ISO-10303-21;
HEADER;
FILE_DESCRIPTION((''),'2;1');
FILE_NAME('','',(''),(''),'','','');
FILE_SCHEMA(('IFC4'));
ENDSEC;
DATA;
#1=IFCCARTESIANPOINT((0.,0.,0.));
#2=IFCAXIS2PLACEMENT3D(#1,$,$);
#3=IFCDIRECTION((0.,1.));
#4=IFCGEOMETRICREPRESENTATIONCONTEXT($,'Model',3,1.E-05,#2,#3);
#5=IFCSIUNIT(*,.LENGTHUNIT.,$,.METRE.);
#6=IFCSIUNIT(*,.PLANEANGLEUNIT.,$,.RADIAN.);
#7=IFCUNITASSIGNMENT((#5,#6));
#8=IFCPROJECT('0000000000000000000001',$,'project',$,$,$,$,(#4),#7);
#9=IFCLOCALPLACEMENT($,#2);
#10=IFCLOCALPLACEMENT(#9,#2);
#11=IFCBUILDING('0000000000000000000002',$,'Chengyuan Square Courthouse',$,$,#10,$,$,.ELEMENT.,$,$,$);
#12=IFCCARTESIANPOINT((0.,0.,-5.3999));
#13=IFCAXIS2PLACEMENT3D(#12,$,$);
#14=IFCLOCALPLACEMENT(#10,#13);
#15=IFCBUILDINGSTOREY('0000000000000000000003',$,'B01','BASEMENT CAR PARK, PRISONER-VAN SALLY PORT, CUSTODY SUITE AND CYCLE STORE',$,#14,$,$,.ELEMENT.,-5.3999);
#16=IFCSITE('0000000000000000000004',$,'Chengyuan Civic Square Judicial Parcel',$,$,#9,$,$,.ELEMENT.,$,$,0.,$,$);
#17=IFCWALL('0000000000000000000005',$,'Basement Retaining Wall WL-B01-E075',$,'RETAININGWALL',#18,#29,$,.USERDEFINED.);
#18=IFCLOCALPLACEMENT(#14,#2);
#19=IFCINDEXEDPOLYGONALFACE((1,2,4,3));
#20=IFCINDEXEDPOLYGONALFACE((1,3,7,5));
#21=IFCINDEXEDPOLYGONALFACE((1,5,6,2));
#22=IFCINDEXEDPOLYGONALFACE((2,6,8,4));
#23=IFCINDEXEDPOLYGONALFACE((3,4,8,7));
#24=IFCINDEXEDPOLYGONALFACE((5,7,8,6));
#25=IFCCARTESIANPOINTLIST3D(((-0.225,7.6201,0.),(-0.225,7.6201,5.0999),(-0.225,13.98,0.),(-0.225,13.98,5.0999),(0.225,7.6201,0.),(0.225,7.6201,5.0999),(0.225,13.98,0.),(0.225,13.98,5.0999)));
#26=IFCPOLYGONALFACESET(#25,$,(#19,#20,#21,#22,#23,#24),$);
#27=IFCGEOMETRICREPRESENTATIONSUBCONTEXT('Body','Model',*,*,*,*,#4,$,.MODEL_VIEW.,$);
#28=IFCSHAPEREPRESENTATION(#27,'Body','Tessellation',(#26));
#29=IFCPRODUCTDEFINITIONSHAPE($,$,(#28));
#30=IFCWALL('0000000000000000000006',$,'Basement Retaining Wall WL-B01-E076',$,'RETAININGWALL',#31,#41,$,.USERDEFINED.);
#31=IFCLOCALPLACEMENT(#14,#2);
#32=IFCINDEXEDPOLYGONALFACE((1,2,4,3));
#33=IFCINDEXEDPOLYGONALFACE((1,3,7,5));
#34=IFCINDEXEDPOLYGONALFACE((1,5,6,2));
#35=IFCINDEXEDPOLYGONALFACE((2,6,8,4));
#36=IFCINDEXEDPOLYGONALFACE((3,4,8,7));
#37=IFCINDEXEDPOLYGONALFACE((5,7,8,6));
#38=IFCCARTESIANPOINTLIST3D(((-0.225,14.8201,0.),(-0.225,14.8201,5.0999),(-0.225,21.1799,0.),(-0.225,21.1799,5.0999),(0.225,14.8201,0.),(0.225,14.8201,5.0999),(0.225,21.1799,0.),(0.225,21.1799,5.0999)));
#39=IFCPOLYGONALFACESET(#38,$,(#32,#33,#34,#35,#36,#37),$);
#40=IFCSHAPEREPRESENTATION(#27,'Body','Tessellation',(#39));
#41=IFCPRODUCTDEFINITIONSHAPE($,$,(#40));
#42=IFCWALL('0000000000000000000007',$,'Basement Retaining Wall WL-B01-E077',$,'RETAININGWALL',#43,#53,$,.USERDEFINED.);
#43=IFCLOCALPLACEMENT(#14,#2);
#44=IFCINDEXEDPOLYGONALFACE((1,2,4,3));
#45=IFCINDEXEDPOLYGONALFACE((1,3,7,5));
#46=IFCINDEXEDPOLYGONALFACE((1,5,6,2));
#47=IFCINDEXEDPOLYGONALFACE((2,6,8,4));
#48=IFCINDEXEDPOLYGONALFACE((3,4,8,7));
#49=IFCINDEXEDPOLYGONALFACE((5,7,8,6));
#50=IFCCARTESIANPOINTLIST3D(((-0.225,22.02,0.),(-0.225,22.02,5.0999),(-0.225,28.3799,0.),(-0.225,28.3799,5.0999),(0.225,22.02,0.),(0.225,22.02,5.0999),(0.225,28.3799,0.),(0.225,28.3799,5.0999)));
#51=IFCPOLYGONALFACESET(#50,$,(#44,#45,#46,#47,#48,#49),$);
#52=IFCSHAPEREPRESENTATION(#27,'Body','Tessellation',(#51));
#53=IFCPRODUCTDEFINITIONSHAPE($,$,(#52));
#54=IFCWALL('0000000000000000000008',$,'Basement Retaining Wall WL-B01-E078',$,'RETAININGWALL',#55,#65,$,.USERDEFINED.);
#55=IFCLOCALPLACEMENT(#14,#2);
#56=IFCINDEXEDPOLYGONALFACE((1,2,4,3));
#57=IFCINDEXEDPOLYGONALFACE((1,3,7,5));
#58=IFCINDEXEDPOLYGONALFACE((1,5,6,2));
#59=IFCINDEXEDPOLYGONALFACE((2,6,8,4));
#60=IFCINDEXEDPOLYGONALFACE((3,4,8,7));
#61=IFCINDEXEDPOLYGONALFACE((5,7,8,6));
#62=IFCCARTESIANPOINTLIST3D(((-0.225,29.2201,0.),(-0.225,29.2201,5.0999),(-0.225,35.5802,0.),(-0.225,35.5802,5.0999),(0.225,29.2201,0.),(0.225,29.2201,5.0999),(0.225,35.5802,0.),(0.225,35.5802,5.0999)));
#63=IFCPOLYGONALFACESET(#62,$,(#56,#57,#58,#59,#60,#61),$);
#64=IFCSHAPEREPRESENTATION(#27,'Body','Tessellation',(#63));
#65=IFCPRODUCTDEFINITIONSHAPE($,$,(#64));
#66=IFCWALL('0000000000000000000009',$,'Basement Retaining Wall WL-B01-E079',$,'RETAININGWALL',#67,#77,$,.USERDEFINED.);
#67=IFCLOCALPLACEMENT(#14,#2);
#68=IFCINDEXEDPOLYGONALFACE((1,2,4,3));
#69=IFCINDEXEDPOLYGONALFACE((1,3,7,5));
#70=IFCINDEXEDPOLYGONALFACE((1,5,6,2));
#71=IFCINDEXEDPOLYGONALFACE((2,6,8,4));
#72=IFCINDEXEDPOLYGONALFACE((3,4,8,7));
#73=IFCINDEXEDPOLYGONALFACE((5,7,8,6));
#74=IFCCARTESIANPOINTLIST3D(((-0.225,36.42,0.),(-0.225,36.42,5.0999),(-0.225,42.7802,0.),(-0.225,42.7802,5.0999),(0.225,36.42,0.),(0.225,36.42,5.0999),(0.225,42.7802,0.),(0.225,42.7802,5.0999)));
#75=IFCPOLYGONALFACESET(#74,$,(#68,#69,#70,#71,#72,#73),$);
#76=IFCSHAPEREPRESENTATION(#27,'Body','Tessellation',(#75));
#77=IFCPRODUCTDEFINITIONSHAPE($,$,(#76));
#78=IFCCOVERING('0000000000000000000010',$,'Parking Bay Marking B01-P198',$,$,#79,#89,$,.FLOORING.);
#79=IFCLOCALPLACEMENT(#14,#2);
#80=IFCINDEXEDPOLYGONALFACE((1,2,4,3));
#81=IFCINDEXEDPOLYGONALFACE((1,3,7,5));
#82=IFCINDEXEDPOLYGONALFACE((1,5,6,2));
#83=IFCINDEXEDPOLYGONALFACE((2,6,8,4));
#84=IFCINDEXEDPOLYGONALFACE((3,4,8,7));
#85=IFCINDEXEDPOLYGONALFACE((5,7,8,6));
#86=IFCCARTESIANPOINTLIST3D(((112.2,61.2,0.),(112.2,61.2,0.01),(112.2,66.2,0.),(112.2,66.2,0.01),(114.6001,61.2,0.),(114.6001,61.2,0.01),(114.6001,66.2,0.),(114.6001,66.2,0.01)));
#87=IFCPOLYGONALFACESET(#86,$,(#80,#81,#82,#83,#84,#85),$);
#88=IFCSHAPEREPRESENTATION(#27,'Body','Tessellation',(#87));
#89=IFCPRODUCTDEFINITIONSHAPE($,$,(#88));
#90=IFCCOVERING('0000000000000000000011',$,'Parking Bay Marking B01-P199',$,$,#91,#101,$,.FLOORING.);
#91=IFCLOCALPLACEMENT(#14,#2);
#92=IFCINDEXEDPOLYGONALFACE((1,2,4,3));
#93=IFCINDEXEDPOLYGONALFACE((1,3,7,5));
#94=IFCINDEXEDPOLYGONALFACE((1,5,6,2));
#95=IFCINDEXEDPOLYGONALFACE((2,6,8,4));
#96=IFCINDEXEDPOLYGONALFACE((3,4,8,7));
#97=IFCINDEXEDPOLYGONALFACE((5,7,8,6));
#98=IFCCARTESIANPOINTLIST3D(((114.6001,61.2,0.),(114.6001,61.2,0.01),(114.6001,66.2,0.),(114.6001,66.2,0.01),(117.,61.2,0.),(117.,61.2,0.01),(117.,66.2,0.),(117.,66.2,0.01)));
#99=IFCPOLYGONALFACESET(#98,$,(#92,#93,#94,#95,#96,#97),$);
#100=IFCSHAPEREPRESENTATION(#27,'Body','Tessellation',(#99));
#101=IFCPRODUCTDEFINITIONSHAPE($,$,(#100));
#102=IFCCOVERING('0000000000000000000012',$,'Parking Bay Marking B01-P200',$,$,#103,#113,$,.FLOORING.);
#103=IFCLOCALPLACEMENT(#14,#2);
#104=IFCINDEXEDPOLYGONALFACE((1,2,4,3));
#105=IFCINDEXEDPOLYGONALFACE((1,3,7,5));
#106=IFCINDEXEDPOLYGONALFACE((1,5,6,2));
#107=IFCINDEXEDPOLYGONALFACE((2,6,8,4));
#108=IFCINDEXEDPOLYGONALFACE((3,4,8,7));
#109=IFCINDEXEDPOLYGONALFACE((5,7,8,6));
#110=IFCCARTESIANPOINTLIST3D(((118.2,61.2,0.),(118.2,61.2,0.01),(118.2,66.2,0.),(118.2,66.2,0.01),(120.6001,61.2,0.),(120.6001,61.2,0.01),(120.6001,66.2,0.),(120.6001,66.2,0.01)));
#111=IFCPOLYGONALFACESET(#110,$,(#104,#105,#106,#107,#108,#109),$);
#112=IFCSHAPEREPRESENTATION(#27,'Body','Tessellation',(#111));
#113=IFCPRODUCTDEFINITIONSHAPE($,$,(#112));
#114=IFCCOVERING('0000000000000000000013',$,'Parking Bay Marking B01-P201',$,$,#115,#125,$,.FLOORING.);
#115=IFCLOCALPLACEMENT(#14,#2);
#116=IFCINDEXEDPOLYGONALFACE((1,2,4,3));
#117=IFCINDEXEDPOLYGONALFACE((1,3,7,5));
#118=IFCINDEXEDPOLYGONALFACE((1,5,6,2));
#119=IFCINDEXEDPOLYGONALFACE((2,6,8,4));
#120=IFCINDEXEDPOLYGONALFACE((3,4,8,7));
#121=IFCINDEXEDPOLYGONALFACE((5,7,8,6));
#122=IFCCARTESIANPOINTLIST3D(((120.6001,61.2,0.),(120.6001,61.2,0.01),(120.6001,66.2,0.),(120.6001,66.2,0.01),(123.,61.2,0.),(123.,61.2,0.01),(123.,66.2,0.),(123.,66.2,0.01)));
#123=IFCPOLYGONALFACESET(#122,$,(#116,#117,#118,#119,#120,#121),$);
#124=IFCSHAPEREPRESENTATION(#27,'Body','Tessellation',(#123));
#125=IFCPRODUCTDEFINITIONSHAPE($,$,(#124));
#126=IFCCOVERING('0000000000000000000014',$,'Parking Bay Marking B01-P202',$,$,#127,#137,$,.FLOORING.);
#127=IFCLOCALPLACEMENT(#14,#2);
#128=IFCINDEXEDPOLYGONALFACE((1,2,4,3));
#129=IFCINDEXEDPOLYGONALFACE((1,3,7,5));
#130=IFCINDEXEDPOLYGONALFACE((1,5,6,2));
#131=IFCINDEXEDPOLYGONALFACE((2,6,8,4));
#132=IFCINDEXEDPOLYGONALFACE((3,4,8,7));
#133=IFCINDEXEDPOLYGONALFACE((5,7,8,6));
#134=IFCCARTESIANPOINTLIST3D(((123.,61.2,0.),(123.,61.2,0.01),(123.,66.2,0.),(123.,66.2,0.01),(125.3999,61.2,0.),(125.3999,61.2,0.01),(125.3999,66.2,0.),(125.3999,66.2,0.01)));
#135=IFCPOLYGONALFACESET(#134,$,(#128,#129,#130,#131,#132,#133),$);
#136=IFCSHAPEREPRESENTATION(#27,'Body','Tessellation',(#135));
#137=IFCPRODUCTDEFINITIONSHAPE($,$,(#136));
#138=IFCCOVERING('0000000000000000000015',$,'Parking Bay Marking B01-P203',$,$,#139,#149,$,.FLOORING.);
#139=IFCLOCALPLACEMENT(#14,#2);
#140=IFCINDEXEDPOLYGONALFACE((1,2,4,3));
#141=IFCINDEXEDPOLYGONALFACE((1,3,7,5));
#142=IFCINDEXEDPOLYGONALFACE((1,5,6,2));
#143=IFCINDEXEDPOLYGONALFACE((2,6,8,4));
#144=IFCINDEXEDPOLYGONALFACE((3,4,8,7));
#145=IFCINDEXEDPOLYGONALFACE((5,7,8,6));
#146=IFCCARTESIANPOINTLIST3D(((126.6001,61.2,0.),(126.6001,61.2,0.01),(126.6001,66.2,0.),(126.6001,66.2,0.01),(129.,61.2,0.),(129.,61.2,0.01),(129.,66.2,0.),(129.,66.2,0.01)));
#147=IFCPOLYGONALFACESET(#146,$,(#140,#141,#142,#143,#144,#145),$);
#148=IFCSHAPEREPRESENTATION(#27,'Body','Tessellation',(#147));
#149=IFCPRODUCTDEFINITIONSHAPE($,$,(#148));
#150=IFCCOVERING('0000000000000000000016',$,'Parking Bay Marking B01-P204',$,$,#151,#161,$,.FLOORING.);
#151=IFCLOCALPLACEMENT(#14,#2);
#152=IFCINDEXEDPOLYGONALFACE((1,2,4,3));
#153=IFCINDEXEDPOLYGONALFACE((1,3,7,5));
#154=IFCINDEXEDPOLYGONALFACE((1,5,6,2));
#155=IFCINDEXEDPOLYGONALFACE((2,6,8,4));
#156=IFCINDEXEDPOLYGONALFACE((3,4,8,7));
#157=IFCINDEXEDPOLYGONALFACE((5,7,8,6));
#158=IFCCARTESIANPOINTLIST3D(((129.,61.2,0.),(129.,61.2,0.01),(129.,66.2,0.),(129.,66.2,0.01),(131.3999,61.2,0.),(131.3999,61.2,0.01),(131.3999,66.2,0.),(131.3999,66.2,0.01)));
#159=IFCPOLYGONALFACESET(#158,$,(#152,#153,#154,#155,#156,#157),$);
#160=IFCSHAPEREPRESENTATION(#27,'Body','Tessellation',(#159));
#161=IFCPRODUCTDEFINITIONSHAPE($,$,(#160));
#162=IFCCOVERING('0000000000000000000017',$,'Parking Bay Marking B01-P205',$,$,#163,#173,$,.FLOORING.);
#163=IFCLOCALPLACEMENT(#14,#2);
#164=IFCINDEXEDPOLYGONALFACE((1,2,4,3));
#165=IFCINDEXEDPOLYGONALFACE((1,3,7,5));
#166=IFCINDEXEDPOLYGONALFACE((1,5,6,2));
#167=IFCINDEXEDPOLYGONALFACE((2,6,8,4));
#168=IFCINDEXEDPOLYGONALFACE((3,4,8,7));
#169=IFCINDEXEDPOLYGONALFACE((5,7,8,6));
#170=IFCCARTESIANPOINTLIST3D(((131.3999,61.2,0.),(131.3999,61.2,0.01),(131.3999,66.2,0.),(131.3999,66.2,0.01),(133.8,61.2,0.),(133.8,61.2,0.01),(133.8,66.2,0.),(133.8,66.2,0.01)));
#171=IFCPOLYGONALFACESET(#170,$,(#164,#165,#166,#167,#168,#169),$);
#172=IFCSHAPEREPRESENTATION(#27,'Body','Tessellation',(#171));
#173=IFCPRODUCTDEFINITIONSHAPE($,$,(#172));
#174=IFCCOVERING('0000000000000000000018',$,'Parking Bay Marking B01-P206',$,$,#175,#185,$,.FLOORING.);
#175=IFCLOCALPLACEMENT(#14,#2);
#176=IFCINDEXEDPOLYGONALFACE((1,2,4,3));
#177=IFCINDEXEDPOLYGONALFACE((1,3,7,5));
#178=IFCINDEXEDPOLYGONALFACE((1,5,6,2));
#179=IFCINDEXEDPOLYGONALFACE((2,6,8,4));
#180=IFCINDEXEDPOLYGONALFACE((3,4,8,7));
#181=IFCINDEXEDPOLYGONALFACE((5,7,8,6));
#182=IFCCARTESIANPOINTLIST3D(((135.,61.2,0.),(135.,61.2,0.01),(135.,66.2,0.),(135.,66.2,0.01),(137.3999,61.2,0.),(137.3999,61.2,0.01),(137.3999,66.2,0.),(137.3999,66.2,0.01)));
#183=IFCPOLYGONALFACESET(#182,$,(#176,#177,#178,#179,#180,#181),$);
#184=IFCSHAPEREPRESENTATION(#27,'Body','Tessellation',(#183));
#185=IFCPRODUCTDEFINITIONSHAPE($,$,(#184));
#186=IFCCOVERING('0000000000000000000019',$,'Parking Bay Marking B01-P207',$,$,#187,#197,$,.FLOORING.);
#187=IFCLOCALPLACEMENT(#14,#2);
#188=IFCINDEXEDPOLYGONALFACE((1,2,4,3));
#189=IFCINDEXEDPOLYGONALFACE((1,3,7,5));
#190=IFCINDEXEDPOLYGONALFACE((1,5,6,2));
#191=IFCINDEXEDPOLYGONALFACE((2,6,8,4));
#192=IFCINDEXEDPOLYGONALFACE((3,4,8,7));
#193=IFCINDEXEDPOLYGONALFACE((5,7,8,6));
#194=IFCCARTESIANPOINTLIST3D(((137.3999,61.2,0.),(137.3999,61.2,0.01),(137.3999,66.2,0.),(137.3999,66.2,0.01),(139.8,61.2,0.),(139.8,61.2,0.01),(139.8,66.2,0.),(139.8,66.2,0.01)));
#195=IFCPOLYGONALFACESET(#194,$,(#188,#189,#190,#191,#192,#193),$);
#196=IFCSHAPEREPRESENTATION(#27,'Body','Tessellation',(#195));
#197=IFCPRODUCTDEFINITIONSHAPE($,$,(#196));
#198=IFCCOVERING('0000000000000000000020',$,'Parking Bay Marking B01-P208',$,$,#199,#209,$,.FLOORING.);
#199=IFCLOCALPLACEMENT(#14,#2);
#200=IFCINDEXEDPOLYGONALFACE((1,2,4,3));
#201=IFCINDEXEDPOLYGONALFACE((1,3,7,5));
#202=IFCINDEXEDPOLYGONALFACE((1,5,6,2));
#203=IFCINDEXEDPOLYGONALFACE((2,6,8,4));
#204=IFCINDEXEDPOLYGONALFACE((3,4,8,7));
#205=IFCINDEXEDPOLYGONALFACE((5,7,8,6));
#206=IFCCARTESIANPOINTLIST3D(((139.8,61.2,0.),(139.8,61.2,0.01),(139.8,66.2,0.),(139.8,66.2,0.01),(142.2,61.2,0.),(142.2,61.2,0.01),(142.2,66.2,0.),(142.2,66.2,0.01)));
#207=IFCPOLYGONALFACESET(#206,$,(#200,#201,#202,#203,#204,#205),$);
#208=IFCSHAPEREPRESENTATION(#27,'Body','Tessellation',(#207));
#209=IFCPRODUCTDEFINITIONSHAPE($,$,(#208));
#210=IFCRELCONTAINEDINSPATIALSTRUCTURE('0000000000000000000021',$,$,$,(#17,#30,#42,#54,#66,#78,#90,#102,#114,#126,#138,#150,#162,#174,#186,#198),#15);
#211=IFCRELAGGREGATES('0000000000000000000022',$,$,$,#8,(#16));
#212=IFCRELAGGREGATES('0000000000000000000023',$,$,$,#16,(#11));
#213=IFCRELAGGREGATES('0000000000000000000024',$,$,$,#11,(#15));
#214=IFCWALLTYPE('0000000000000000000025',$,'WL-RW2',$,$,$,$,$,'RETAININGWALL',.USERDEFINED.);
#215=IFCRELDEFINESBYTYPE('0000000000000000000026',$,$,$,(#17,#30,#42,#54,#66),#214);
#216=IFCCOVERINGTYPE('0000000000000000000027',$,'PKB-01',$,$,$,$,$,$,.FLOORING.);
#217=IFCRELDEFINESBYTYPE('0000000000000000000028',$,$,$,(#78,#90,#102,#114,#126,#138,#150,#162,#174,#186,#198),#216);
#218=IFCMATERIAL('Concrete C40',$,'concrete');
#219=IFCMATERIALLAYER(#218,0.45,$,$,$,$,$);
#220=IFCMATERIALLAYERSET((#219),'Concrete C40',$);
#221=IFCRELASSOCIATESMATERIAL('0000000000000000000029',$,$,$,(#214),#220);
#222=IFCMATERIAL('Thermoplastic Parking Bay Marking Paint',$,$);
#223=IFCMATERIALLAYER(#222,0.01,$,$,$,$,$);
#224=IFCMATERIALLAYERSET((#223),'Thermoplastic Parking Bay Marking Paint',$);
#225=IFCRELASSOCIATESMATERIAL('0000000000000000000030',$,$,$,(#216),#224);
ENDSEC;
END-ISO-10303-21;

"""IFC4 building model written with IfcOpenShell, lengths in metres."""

from ifc_helpers import new_model, si_unit, direction, frame, frame_2d, origin, place, context, subcontext, project, spatial, polyline, rectangle, outline, extrude, material, layer, layer_set, type_object, element, save


model = new_model("IFC4")

# Units and contexts
model_context = context("Model", 3, precision=1e-05, world=origin(), true_north=direction((0.0, 1.0)))
body_context = subcontext(model_context, "Body", "Model", "MODEL_VIEW")
ifc_project = project(units=[si_unit("LENGTHUNIT", "METRE"), si_unit("PLANEANGLEUNIT", "RADIAN")], contexts=[model_context])

# Site, building, storey
site_placement = place(None, origin())
site = spatial("IfcSite", under=ifc_project, at=site_placement, Name="Chengyuan Civic Square Judicial Parcel", CompositionType="ELEMENT", RefElevation=0.0)
building_placement = place(site_placement, origin())
building = spatial("IfcBuilding", under=site, at=building_placement, Name="Chengyuan Square Courthouse", CompositionType="ELEMENT")
storey_placement = place(building_placement, frame((0.0, 0.0, -5.3999)))
storey = spatial("IfcBuildingStorey", under=building, at=storey_placement, Name="B01", Description="BASEMENT CAR PARK, PRISONER-VAN SALLY PORT, CUSTODY SUITE AND CYCLE STORE", CompositionType="ELEMENT", Elevation=-5.3999)

# Shared definitions
ifc_material_1 = material(Name="Concrete C40", Category="concrete")

# Walls
ifc_layer_1 = layer(ifc_material_1, 0.45)
ifc_layer_set_1 = layer_set([ifc_layer_1], Name="Concrete C40")
wall_type = type_object("IfcWallType", Name="WL-RW2", ElementType="RETAININGWALL", PredefinedType="USERDEFINED", material=ifc_layer_set_1)
for number, where, z_axis, x_axis, name in (
    (1, (0.0, 7.6201, 0.0), (0.0, 0.0, 1.0), (0.0, 1.0, 0.0), "Basement Retaining Wall WL-B01-E075"),
    (2, (0.0, 14.8201, 0.0), (0.0, 0.0, 1.0), (0.0, 1.0, 0.0), "Basement Retaining Wall WL-B01-E076"),
    (3, (0.0, 22.02, 0.0), (0.0, 0.0, 1.0), (0.0, 1.0, 0.0), "Basement Retaining Wall WL-B01-E077"),
):
    element("IfcWall", number, at=place(storey_placement, frame(where, z_axis=z_axis, x_axis=x_axis)), inside=storey, type_object=wall_type, Name=name, ObjectType="RETAININGWALL", PredefinedType="USERDEFINED", context=body_context, shape_type="SweptSolid", body=[
        extrude(rectangle(XDim=6.3599, YDim=0.45, at=frame_2d((3.1799, 0.0))), origin(), (0.0, 0.0, 1.0), 5.0999),
    ])
for number, where, z_axis, x_axis, name in (
    (4, (0.0, 29.22, 0.0), (0.0, 0.0, 1.0), (0.0, 1.0, 0.0), "Basement Retaining Wall WL-B01-E078"),
    (5, (0.0, 36.4199, 0.0), (0.0, 0.0, 1.0), (0.0, 1.0, 0.0), "Basement Retaining Wall WL-B01-E079"),
):
    element("IfcWall", number, at=place(storey_placement, frame(where, z_axis=z_axis, x_axis=x_axis)), inside=storey, type_object=wall_type, Name=name, ObjectType="RETAININGWALL", PredefinedType="USERDEFINED", context=body_context, shape_type="SweptSolid", body=[
        extrude(rectangle(XDim=6.3601, YDim=0.45, at=frame_2d((3.1802, 0.0))), origin(), (0.0, 0.0, 1.0), 5.0999),
    ])

# Coverings
ifc_material_2 = material(Name="Thermoplastic Parking Bay Marking Paint")
ifc_layer_2 = layer(ifc_material_2, 0.01)
ifc_layer_set_2 = layer_set([ifc_layer_2], Name="Thermoplastic Parking Bay Marking Paint")
covering_type = type_object("IfcCoveringType", Name="PKB-01", PredefinedType="FLOORING", material=ifc_layer_set_2)
covering_1_placement = place(storey_placement, origin())
element("IfcCovering", 6, at=covering_1_placement, inside=storey, type_object=covering_type, Name="Parking Bay Marking B01-P198", PredefinedType="FLOORING", context=body_context, shape_type="SweptSolid", body=[
    extrude(outline(polyline([(112.2, 61.2), (114.6001, 61.2), (114.6001, 66.2), (112.2, 66.2), (112.2, 61.2)])), origin(), (0.0, 0.0, 1.0), 0.01),
])
covering_2_placement = place(storey_placement, origin())
element("IfcCovering", 7, at=covering_2_placement, inside=storey, type_object=covering_type, Name="Parking Bay Marking B01-P199", PredefinedType="FLOORING", context=body_context, shape_type="SweptSolid", body=[
    extrude(outline(polyline([(114.6001, 61.2), (117.0, 61.2), (117.0, 66.2), (114.6001, 66.2), (114.6001, 61.2)])), origin(), (0.0, 0.0, 1.0), 0.01),
])
covering_3_placement = place(storey_placement, origin())
element("IfcCovering", 8, at=covering_3_placement, inside=storey, type_object=covering_type, Name="Parking Bay Marking B01-P200", PredefinedType="FLOORING", context=body_context, shape_type="SweptSolid", body=[
    extrude(outline(polyline([(118.2, 61.2), (120.6001, 61.2), (120.6001, 66.2), (118.2, 66.2), (118.2, 61.2)])), origin(), (0.0, 0.0, 1.0), 0.01),
])
covering_4_placement = place(storey_placement, origin())
element("IfcCovering", 9, at=covering_4_placement, inside=storey, type_object=covering_type, Name="Parking Bay Marking B01-P201", PredefinedType="FLOORING", context=body_context, shape_type="SweptSolid", body=[
    extrude(outline(polyline([(120.6001, 61.2), (123.0, 61.2), (123.0, 66.2), (120.6001, 66.2), (120.6001, 61.2)])), origin(), (0.0, 0.0, 1.0), 0.01),
])
covering_5_placement = place(storey_placement, origin())
element("IfcCovering", 10, at=covering_5_placement, inside=storey, type_object=covering_type, Name="Parking Bay Marking B01-P202", PredefinedType="FLOORING", context=body_context, shape_type="SweptSolid", body=[
    extrude(outline(polyline([(123.0, 61.2), (125.3999, 61.2), (125.3999, 66.2), (123.0, 66.2), (123.0, 61.2)])), origin(), (0.0, 0.0, 1.0), 0.01),
])
covering_6_placement = place(storey_placement, origin())
element("IfcCovering", 11, at=covering_6_placement, inside=storey, type_object=covering_type, Name="Parking Bay Marking B01-P203", PredefinedType="FLOORING", context=body_context, shape_type="SweptSolid", body=[
    extrude(outline(polyline([(126.6001, 61.2), (129.0, 61.2), (129.0, 66.2), (126.6001, 66.2), (126.6001, 61.2)])), origin(), (0.0, 0.0, 1.0), 0.01),
])
covering_7_placement = place(storey_placement, origin())
element("IfcCovering", 12, at=covering_7_placement, inside=storey, type_object=covering_type, Name="Parking Bay Marking B01-P204", PredefinedType="FLOORING", context=body_context, shape_type="SweptSolid", body=[
    extrude(outline(polyline([(129.0, 61.2), (131.3999, 61.2), (131.3999, 66.2), (129.0, 66.2), (129.0, 61.2)])), origin(), (0.0, 0.0, 1.0), 0.01),
])
covering_8_placement = place(storey_placement, origin())
element("IfcCovering", 13, at=covering_8_placement, inside=storey, type_object=covering_type, Name="Parking Bay Marking B01-P205", PredefinedType="FLOORING", context=body_context, shape_type="SweptSolid", body=[
    extrude(outline(polyline([(131.3999, 61.2), (133.8, 61.2), (133.8, 66.2), (131.3999, 66.2), (131.3999, 61.2)])), origin(), (0.0, 0.0, 1.0), 0.01),
])
covering_9_placement = place(storey_placement, origin())
element("IfcCovering", 14, at=covering_9_placement, inside=storey, type_object=covering_type, Name="Parking Bay Marking B01-P206", PredefinedType="FLOORING", context=body_context, shape_type="SweptSolid", body=[
    extrude(outline(polyline([(135.0, 61.2), (137.3999, 61.2), (137.3999, 66.2), (135.0, 66.2), (135.0, 61.2)])), origin(), (0.0, 0.0, 1.0), 0.01),
])
covering_10_placement = place(storey_placement, origin())
element("IfcCovering", 15, at=covering_10_placement, inside=storey, type_object=covering_type, Name="Parking Bay Marking B01-P207", PredefinedType="FLOORING", context=body_context, shape_type="SweptSolid", body=[
    extrude(outline(polyline([(137.3999, 61.2), (139.8, 61.2), (139.8, 66.2), (137.3999, 66.2), (137.3999, 61.2)])), origin(), (0.0, 0.0, 1.0), 0.01),
])
covering_11_placement = place(storey_placement, origin())
element("IfcCovering", 16, at=covering_11_placement, inside=storey, type_object=covering_type, Name="Parking Bay Marking B01-P208", PredefinedType="FLOORING", context=body_context, shape_type="SweptSolid", body=[
    extrude(outline(polyline([(139.8, 61.2), (142.2, 61.2), (142.2, 66.2), (139.8, 66.2), (139.8, 61.2)])), origin(), (0.0, 0.0, 1.0), 0.01),
])

save(model, "model.ifc")
